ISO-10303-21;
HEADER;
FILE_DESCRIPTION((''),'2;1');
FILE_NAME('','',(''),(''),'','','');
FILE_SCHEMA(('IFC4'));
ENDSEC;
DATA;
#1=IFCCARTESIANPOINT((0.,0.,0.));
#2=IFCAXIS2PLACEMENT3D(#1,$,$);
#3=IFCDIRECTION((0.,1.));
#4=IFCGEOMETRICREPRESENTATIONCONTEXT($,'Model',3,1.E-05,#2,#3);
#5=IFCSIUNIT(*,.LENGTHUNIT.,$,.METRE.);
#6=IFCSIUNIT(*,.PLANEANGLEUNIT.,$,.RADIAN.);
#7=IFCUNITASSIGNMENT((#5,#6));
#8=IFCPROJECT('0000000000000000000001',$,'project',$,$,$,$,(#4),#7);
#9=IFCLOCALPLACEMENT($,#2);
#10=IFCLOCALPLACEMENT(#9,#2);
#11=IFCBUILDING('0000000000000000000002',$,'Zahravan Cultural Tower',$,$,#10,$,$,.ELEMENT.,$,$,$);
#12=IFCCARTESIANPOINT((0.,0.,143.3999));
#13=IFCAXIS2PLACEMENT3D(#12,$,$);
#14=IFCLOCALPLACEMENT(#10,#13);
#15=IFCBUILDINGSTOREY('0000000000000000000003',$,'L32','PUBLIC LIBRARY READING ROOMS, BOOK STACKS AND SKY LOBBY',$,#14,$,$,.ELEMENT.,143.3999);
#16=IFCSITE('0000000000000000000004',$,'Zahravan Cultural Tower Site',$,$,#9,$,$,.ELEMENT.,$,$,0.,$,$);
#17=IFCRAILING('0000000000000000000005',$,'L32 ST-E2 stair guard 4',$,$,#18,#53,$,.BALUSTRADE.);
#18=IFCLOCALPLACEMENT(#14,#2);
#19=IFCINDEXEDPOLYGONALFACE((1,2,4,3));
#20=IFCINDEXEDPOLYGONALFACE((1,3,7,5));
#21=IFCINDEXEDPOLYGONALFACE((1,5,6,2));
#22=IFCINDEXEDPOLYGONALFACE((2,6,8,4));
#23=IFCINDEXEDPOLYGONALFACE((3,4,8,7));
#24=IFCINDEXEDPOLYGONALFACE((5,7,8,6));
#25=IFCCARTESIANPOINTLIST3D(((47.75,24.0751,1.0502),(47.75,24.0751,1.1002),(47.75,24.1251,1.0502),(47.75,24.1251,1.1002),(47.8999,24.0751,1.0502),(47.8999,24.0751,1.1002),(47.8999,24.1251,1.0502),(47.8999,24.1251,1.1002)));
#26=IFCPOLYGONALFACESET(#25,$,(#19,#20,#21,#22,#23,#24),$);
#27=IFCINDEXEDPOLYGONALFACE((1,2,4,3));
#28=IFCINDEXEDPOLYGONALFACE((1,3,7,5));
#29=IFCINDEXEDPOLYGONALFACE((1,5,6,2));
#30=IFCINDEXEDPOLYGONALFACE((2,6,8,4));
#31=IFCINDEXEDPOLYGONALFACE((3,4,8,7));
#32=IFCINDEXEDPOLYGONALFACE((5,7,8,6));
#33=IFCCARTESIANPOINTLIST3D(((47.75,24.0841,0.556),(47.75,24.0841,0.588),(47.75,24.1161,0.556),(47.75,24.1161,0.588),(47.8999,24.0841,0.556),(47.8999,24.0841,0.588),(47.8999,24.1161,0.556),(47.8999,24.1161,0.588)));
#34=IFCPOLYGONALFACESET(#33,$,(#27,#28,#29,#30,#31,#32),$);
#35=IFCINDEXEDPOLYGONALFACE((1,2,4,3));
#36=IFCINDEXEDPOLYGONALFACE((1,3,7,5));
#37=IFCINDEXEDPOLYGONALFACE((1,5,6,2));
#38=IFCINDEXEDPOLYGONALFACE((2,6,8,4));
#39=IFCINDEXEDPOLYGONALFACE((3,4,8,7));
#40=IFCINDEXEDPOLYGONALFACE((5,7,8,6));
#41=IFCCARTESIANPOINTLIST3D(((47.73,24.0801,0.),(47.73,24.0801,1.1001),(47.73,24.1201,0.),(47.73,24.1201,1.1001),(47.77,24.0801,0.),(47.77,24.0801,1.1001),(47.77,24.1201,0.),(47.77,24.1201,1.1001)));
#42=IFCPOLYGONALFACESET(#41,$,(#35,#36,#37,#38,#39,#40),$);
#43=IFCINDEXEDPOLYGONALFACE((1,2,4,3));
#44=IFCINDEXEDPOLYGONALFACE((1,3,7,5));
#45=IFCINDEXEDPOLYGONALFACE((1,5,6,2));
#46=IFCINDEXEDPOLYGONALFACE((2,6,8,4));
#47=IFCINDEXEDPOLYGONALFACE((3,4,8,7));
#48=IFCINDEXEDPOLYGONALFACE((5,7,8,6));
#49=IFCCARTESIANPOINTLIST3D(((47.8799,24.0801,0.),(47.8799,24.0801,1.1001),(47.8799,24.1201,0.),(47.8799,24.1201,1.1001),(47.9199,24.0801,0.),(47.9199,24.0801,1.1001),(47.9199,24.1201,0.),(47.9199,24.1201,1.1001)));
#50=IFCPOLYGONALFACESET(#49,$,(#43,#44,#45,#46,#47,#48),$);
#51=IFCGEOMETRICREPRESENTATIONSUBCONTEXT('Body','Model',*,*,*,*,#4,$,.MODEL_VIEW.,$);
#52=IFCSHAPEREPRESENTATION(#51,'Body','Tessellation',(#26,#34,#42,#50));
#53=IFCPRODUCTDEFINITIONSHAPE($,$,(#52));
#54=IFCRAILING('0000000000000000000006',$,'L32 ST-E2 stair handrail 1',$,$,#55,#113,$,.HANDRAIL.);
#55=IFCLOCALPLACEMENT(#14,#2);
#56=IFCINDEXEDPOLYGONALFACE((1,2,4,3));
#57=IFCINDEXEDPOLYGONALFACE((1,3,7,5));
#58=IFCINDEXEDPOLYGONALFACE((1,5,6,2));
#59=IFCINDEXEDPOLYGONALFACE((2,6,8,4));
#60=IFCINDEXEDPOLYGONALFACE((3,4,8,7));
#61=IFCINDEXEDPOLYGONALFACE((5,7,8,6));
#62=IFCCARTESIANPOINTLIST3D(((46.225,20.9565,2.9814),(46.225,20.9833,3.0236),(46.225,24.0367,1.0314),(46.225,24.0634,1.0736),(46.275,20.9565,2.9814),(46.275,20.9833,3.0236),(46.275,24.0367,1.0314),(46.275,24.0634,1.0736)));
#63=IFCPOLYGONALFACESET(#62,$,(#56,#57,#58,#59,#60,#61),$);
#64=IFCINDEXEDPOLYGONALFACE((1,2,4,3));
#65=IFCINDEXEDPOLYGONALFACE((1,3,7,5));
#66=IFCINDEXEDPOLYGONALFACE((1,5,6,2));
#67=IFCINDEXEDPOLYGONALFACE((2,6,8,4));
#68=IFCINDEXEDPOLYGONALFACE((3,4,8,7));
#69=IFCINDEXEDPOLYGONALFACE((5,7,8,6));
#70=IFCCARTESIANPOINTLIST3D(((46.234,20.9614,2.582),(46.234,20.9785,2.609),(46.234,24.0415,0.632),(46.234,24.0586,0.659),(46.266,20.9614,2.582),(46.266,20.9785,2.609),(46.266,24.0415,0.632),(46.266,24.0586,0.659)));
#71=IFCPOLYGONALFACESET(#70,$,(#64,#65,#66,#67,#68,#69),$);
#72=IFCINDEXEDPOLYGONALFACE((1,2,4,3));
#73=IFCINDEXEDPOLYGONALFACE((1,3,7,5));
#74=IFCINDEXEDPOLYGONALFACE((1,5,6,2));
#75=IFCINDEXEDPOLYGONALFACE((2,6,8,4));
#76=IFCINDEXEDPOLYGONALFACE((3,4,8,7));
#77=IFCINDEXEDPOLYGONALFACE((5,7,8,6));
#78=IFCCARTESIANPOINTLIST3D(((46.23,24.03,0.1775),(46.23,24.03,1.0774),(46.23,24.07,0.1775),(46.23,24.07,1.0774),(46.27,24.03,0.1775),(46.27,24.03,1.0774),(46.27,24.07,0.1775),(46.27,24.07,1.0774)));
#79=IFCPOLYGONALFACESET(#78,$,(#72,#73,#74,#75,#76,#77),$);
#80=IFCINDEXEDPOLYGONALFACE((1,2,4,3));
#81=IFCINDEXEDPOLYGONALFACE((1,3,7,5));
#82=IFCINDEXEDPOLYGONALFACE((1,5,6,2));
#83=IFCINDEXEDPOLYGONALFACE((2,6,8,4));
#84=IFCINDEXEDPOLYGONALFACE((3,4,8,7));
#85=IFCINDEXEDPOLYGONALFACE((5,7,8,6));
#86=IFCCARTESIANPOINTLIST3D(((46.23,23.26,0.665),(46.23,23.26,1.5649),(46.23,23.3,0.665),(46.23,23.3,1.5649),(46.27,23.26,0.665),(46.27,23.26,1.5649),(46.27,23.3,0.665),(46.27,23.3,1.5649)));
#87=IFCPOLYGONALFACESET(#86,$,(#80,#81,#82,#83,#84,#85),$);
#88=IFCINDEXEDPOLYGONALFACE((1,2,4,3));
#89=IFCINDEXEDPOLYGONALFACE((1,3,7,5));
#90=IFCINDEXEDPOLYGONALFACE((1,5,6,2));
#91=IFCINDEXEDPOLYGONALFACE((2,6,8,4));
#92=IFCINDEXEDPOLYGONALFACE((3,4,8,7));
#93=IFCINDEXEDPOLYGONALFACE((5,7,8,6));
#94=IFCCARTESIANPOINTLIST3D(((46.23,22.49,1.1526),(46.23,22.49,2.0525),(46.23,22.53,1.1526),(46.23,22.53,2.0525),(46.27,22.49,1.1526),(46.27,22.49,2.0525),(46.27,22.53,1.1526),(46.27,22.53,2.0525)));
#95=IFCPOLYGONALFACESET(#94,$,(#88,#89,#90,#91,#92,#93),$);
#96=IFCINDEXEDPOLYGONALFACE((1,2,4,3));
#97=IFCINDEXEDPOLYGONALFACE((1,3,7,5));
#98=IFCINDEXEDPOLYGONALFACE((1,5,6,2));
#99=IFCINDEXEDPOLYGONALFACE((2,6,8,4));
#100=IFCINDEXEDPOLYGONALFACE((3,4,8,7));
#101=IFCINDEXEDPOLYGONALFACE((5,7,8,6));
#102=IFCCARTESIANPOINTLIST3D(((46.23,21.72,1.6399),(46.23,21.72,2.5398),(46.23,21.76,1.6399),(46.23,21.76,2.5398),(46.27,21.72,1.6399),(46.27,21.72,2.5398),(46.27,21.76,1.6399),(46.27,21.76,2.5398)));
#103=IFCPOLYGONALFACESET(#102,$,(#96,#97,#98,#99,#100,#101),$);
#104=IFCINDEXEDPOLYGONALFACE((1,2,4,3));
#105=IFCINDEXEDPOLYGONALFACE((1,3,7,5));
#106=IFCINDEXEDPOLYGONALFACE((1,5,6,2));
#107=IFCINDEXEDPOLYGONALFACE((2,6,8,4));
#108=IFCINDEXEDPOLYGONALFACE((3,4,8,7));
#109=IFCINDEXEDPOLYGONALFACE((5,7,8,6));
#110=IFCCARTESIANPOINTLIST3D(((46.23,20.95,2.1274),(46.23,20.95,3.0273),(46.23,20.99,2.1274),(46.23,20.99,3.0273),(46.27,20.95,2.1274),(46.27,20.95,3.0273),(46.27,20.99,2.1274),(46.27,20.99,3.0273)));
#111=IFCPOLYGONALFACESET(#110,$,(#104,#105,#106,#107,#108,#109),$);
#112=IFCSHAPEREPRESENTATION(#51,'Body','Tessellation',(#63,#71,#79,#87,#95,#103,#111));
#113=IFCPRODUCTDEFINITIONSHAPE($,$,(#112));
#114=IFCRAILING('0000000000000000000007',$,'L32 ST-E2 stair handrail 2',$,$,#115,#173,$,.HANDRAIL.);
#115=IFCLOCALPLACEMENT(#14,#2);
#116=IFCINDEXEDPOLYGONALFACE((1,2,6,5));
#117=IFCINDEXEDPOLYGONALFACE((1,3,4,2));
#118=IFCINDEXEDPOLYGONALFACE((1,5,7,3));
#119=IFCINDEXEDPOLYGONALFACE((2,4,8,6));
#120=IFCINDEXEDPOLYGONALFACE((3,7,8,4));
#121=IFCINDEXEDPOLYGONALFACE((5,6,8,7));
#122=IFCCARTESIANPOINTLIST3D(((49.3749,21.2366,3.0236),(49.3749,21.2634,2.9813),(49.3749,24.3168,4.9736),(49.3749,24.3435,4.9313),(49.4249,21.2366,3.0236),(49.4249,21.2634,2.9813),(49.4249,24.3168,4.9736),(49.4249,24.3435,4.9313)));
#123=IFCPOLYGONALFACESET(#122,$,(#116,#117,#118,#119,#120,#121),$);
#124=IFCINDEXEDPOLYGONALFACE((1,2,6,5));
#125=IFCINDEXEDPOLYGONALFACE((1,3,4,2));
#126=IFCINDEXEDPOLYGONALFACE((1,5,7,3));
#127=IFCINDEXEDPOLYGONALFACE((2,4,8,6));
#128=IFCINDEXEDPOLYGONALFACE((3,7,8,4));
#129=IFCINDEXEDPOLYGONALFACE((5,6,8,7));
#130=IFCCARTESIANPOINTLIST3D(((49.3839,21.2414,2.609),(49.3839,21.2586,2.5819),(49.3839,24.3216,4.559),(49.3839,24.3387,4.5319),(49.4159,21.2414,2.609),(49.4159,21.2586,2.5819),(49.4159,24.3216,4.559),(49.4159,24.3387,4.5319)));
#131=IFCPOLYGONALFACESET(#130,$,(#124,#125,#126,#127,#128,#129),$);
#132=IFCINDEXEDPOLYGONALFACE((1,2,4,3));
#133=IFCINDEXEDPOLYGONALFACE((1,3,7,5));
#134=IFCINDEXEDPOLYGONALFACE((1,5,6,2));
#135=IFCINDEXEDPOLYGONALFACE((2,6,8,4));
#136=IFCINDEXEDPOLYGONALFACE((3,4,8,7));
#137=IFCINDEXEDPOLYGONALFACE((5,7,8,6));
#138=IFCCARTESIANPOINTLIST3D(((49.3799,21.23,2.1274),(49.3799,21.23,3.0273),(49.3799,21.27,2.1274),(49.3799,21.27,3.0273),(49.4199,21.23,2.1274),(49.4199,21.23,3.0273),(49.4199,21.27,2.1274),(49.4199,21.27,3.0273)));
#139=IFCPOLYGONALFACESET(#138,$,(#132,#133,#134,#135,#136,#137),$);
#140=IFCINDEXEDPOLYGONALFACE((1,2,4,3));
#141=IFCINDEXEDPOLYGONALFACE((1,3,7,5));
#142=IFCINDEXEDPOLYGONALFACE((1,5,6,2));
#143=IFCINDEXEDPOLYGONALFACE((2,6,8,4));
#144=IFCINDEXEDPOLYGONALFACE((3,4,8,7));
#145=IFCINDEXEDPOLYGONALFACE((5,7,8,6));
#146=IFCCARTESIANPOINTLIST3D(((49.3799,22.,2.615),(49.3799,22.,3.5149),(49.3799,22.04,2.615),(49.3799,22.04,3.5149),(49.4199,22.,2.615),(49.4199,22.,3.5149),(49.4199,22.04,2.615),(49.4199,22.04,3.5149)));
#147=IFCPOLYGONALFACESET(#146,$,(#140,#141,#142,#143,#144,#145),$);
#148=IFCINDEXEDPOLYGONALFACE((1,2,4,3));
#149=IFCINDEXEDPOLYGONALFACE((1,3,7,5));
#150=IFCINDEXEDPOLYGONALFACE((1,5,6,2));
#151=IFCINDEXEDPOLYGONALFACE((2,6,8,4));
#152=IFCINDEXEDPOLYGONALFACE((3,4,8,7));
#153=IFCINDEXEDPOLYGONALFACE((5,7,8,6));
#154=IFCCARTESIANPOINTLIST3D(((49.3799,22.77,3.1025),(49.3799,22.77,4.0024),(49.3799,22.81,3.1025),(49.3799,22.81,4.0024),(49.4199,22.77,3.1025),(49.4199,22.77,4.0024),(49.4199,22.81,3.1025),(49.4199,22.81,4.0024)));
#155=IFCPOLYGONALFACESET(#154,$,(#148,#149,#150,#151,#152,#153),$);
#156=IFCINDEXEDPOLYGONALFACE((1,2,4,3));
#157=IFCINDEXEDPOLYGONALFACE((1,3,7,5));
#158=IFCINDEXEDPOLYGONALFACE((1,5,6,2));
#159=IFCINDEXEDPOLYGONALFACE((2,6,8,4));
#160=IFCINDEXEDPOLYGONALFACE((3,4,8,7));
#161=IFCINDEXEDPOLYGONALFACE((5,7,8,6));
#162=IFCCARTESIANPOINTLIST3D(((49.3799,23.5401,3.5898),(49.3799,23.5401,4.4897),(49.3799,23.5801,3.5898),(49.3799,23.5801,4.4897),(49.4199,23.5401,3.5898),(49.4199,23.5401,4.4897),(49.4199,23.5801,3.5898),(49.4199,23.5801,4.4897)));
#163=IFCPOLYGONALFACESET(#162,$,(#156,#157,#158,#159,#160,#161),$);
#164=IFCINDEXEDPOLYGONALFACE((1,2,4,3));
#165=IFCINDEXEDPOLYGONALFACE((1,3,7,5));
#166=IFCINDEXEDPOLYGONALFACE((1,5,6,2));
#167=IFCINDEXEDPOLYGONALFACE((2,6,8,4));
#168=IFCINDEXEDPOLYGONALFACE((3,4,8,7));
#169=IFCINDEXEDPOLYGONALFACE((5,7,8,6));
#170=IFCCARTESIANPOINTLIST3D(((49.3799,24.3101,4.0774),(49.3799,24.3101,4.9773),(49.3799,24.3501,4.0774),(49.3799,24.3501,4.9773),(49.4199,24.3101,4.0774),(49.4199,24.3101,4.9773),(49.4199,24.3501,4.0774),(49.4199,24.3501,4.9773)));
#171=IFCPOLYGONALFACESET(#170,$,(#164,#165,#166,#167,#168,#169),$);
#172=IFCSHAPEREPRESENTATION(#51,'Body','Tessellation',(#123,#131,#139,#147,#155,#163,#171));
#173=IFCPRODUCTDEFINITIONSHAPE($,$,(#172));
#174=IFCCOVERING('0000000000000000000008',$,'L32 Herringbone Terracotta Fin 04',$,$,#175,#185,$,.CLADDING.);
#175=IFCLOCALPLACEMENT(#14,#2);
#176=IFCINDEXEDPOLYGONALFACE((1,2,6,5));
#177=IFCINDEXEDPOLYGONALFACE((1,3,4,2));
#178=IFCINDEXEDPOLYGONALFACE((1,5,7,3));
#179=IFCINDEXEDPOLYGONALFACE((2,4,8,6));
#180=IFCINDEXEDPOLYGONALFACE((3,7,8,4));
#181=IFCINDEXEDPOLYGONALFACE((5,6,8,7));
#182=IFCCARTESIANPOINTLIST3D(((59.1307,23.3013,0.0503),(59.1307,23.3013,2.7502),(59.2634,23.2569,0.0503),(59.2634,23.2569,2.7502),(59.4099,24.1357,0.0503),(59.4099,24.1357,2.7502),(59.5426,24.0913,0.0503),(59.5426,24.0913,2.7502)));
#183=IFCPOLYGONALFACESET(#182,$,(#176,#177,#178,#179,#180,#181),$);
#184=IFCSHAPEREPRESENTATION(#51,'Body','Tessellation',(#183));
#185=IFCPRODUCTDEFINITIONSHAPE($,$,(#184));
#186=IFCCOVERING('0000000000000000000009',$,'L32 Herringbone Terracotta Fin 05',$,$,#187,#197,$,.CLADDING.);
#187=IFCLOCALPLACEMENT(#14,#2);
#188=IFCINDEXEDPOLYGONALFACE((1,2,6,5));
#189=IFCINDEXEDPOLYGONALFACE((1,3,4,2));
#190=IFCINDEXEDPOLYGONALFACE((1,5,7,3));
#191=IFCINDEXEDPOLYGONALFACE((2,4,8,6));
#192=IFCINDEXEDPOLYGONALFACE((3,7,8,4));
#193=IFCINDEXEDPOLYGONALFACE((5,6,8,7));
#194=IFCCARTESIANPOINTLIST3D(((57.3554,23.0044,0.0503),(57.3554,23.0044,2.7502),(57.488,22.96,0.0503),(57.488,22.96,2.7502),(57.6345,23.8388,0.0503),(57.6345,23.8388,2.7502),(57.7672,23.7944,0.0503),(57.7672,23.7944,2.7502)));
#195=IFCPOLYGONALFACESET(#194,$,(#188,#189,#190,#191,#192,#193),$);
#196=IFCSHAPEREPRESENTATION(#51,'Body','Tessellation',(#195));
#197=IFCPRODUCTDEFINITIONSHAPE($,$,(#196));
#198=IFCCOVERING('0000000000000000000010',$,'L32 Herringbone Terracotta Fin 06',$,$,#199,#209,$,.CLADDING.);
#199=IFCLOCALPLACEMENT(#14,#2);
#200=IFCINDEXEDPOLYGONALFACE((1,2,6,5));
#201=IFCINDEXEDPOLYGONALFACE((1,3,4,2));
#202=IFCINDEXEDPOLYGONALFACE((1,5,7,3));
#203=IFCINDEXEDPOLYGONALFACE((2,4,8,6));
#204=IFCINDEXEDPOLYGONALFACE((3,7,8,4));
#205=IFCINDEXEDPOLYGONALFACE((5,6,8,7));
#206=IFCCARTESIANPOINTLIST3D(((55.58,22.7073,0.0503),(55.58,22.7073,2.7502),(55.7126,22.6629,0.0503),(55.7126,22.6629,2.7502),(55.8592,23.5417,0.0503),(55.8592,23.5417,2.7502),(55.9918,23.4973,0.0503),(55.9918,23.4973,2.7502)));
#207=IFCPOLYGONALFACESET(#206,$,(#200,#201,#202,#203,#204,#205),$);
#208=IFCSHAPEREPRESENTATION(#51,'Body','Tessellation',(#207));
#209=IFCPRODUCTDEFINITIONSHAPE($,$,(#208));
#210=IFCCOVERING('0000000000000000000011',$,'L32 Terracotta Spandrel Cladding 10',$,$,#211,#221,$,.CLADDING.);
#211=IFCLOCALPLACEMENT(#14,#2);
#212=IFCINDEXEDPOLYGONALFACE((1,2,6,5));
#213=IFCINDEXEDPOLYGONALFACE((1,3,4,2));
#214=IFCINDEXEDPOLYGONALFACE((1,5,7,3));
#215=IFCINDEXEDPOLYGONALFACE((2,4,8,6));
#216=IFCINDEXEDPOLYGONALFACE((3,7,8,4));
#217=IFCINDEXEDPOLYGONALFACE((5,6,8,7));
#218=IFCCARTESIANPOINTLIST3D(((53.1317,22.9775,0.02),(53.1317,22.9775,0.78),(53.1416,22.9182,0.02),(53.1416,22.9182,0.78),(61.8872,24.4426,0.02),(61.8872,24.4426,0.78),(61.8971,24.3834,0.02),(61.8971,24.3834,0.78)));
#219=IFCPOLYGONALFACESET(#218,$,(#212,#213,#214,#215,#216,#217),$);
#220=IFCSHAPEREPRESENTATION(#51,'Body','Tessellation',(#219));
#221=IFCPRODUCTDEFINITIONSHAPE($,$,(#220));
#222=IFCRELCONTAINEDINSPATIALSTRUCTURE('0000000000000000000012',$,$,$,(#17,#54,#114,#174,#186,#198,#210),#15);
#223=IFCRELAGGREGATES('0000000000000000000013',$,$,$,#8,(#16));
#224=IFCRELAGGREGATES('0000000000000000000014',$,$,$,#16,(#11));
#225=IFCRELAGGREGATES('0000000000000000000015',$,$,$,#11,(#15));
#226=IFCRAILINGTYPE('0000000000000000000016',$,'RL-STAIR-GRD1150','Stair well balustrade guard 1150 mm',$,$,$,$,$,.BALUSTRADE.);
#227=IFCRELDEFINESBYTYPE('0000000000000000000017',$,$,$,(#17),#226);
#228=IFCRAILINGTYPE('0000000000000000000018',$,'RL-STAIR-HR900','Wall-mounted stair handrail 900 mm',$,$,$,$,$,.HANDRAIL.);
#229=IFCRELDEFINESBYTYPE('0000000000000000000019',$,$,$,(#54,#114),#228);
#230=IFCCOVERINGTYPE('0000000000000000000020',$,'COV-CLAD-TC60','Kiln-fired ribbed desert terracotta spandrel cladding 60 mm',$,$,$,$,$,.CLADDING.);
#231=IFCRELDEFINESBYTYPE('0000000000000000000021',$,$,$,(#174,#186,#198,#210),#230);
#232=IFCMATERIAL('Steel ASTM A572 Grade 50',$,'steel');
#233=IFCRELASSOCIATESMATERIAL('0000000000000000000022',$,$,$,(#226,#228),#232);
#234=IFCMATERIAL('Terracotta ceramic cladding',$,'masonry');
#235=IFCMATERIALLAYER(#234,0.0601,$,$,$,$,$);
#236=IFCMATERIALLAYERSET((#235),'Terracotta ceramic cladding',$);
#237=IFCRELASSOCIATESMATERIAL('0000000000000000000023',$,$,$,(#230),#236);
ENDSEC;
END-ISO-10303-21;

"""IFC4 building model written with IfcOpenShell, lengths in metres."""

from ifc_helpers import new_model, si_unit, direction, frame, origin, origin_2d, place, context, subcontext, project, spatial, rectangle, extrude, source, transform, mapped, material, layer, layer_set, type_object, element, save


model = new_model("IFC4")

# Units and contexts
model_context = context("Model", 3, precision=1e-05, world=origin(), true_north=direction((0.0, 1.0)))
body_context = subcontext(model_context, "Body", "Model", "MODEL_VIEW")
ifc_project = project(units=[si_unit("LENGTHUNIT", "METRE"), si_unit("PLANEANGLEUNIT", "RADIAN")], contexts=[model_context])

# Site, building, storey
site_placement = place(None, origin())
site = spatial("IfcSite", under=ifc_project, at=site_placement, Name="Zahravan Cultural Tower Site", CompositionType="ELEMENT", RefElevation=0.0)
building_placement = place(site_placement, origin())
building = spatial("IfcBuilding", under=site, at=building_placement, Name="Zahravan Cultural Tower", CompositionType="ELEMENT")
storey_placement = place(building_placement, frame((0.0, 0.0, 143.3999)))
storey = spatial("IfcBuildingStorey", under=building, at=storey_placement, Name="L32", Description="PUBLIC LIBRARY READING ROOMS, BOOK STACKS AND SKY LOBBY", CompositionType="ELEMENT", Elevation=143.3999)

# Railings
ifc_material_1 = material(Name="Steel ASTM A572 Grade 50", Category="steel")
railing_type_1 = type_object("IfcRailingType", Name="RL-STAIR-GRD1150", Description="Stair well balustrade guard 1150 mm", PredefinedType="BALUSTRADE", material=ifc_material_1)
railing_1_placement = place(storey_placement, frame((47.75, 24.1001, 0.0)))
element("IfcRailing", 1, at=railing_1_placement, inside=storey, type_object=railing_type_1, Name="L32 ST-E2 stair guard 4", PredefinedType="BALUSTRADE", context=body_context, shape_type="SweptSolid", body=[
    extrude(rectangle(XDim=0.05, YDim=0.05, at=origin_2d()), frame((0.0, 0.0, 1.0752), z_axis=(1.0, 0.0, 0.0), x_axis=(0.0, 1.0, 0.0)), (0.0, 0.0, 1.0), 0.1499),
    extrude(rectangle(XDim=0.032, YDim=0.032, at=origin_2d()), frame((0.0, 0.0, 0.572), z_axis=(1.0, 0.0, 0.0), x_axis=(0.0, 1.0, 0.0)), (0.0, 0.0, 1.0), 0.1499),
    extrude(rectangle(XDim=0.04, YDim=0.04, at=origin_2d()), origin(), (0.0, 0.0, 1.0), 1.1001),
    extrude(rectangle(XDim=0.04, YDim=0.04, at=origin_2d()), frame((0.1499, 0.0, 0.0)), (0.0, 0.0, 1.0), 1.1001),
])
railing_type_2 = type_object("IfcRailingType", Name="RL-STAIR-HR900", Description="Wall-mounted stair handrail 900 mm", PredefinedType="HANDRAIL", material=ifc_material_1)
railing_2_placement = place(storey_placement, frame((46.25, 24.05, 0.1775)))
element("IfcRailing", 2, at=railing_2_placement, inside=storey, type_object=railing_type_2, Name="L32 ST-E2 stair handrail 1", PredefinedType="HANDRAIL", context=body_context, shape_type="SweptSolid", body=[
    extrude(rectangle(XDim=0.05, YDim=0.05, at=origin_2d()), frame((0.0, 0.0, 0.875), z_axis=(0.0, -0.844914, 0.534902), x_axis=(1.0, 0.0, 0.0)), (0.0, 0.0, 1.0), 3.6455),
    extrude(rectangle(XDim=0.032, YDim=0.032, at=origin_2d()), frame((0.0, 0.0, 0.468), z_axis=(0.0, -0.844914, 0.534902), x_axis=(1.0, 0.0, 0.0)), (0.0, 0.0, 1.0), 3.6455),
    extrude(rectangle(XDim=0.04, YDim=0.04, at=origin_2d()), origin(), (0.0, 0.0, 1.0), 0.8999),
    extrude(rectangle(XDim=0.04, YDim=0.04, at=origin_2d()), frame((0.0, -0.77, 0.4875)), (0.0, 0.0, 1.0), 0.8999),
    extrude(rectangle(XDim=0.04, YDim=0.04, at=origin_2d()), frame((0.0, -1.54, 0.9751)), (0.0, 0.0, 1.0), 0.8999),
    extrude(rectangle(XDim=0.04, YDim=0.04, at=origin_2d()), frame((0.0, -2.3101, 1.4624)), (0.0, 0.0, 1.0), 0.8999),
    extrude(rectangle(XDim=0.04, YDim=0.04, at=origin_2d()), frame((0.0, -3.0801, 1.95)), (0.0, 0.0, 1.0), 0.8999),
])
railing_3_placement = place(storey_placement, frame((49.3999, 21.25, 2.1274)))
element("IfcRailing", 3, at=railing_3_placement, inside=storey, type_object=railing_type_2, Name="L32 ST-E2 stair handrail 2", PredefinedType="HANDRAIL", context=body_context, shape_type="SweptSolid", body=[
    extrude(rectangle(XDim=0.05, YDim=0.05, at=origin_2d()), frame((0.0, 0.0, 0.875), z_axis=(0.0, 0.844914, 0.534902), x_axis=(-1.0, 0.0, 0.0)), (0.0, 0.0, 1.0), 3.6455),
    extrude(rectangle(XDim=0.032, YDim=0.032, at=origin_2d()), frame((0.0, 0.0, 0.468), z_axis=(0.0, 0.844914, 0.534902), x_axis=(-1.0, 0.0, 0.0)), (0.0, 0.0, 1.0), 3.6455),
    extrude(rectangle(XDim=0.04, YDim=0.04, at=origin_2d()), origin(), (0.0, 0.0, 1.0), 0.8999),
    extrude(rectangle(XDim=0.04, YDim=0.04, at=origin_2d()), frame((0.0, 0.77, 0.4875)), (0.0, 0.0, 1.0), 0.8999),
    extrude(rectangle(XDim=0.04, YDim=0.04, at=origin_2d()), frame((0.0, 1.54, 0.9751)), (0.0, 0.0, 1.0), 0.8999),
    extrude(rectangle(XDim=0.04, YDim=0.04, at=origin_2d()), frame((0.0, 2.3101, 1.4624)), (0.0, 0.0, 1.0), 0.8999),
    extrude(rectangle(XDim=0.04, YDim=0.04, at=origin_2d()), frame((0.0, 3.0801, 1.95)), (0.0, 0.0, 1.0), 0.8999),
])

# Coverings
ifc_material_2 = material(Name="Terracotta ceramic cladding", Category="masonry")
ifc_layer_1 = layer(ifc_material_2, 0.0601)
ifc_layer_set_1 = layer_set([ifc_layer_1], Name="Terracotta ceramic cladding")
covering_type = type_object("IfcCoveringType", Name="COV-CLAD-TC60", Description="Kiln-fired ribbed desert terracotta spandrel cladding 60 mm", PredefinedType="CLADDING", material=ifc_layer_set_1)
shared_shape_1 = source(origin(), body_context, "Body", "SweptSolid", [
    extrude(rectangle(XDim=0.8799, YDim=0.1399, at=origin_2d()), origin(), (0.0, 0.0, 1.0), 2.7),
])
for number, where, z_axis, x_axis, name in (
    (4, (59.3367, 23.6963, 0.0503), (0.0, 0.0, 1.0), (-0.317305, -0.948324, 0.0), "L32 Herringbone Terracotta Fin 04"),
    (5, (57.5613, 23.3994, 0.0503), (0.0, 0.0, 1.0), (-0.317305, -0.948324, 0.0), "L32 Herringbone Terracotta Fin 05"),
    (6, (55.7859, 23.1023, 0.0503), (0.0, 0.0, 1.0), (-0.317305, -0.948324, 0.0), "L32 Herringbone Terracotta Fin 06"),
):
    element("IfcCovering", number, at=place(storey_placement, frame(where, z_axis=z_axis, x_axis=x_axis)), inside=storey, type_object=covering_type, Name=name, PredefinedType="CLADDING", context=body_context, shape_type="MappedRepresentation", body=[
        mapped(shared_shape_1, transform((0.0, 0.0, 0.0), x_axis=(1.0, 0.0, 0.0), y_axis=(0.0, 1.0, 0.0), z_axis=(0.0, 0.0, 1.0), scale=1.0)),
    ])
shared_shape_2 = source(origin(), body_context, "Body", "SweptSolid", [
    extrude(rectangle(XDim=8.8772, YDim=0.0601, at=origin_2d()), origin(), (0.0, 0.0, 1.0), 0.76),
])
covering_placement = place(storey_placement, frame((57.5144, 23.6804, 0.02), z_axis=(0.0, 0.0, 1.0), x_axis=(-0.986286, -0.165048, 0.0)))
element("IfcCovering", 7, at=covering_placement, inside=storey, type_object=covering_type, Name="L32 Terracotta Spandrel Cladding 10", PredefinedType="CLADDING", context=body_context, shape_type="MappedRepresentation", body=[
    mapped(shared_shape_2, transform((0.0, 0.0, 0.0), x_axis=(1.0, 0.0, 0.0), y_axis=(0.0, 1.0, 0.0), z_axis=(0.0, 0.0, 1.0), scale=1.0)),
])

save(model, "model.ifc")
